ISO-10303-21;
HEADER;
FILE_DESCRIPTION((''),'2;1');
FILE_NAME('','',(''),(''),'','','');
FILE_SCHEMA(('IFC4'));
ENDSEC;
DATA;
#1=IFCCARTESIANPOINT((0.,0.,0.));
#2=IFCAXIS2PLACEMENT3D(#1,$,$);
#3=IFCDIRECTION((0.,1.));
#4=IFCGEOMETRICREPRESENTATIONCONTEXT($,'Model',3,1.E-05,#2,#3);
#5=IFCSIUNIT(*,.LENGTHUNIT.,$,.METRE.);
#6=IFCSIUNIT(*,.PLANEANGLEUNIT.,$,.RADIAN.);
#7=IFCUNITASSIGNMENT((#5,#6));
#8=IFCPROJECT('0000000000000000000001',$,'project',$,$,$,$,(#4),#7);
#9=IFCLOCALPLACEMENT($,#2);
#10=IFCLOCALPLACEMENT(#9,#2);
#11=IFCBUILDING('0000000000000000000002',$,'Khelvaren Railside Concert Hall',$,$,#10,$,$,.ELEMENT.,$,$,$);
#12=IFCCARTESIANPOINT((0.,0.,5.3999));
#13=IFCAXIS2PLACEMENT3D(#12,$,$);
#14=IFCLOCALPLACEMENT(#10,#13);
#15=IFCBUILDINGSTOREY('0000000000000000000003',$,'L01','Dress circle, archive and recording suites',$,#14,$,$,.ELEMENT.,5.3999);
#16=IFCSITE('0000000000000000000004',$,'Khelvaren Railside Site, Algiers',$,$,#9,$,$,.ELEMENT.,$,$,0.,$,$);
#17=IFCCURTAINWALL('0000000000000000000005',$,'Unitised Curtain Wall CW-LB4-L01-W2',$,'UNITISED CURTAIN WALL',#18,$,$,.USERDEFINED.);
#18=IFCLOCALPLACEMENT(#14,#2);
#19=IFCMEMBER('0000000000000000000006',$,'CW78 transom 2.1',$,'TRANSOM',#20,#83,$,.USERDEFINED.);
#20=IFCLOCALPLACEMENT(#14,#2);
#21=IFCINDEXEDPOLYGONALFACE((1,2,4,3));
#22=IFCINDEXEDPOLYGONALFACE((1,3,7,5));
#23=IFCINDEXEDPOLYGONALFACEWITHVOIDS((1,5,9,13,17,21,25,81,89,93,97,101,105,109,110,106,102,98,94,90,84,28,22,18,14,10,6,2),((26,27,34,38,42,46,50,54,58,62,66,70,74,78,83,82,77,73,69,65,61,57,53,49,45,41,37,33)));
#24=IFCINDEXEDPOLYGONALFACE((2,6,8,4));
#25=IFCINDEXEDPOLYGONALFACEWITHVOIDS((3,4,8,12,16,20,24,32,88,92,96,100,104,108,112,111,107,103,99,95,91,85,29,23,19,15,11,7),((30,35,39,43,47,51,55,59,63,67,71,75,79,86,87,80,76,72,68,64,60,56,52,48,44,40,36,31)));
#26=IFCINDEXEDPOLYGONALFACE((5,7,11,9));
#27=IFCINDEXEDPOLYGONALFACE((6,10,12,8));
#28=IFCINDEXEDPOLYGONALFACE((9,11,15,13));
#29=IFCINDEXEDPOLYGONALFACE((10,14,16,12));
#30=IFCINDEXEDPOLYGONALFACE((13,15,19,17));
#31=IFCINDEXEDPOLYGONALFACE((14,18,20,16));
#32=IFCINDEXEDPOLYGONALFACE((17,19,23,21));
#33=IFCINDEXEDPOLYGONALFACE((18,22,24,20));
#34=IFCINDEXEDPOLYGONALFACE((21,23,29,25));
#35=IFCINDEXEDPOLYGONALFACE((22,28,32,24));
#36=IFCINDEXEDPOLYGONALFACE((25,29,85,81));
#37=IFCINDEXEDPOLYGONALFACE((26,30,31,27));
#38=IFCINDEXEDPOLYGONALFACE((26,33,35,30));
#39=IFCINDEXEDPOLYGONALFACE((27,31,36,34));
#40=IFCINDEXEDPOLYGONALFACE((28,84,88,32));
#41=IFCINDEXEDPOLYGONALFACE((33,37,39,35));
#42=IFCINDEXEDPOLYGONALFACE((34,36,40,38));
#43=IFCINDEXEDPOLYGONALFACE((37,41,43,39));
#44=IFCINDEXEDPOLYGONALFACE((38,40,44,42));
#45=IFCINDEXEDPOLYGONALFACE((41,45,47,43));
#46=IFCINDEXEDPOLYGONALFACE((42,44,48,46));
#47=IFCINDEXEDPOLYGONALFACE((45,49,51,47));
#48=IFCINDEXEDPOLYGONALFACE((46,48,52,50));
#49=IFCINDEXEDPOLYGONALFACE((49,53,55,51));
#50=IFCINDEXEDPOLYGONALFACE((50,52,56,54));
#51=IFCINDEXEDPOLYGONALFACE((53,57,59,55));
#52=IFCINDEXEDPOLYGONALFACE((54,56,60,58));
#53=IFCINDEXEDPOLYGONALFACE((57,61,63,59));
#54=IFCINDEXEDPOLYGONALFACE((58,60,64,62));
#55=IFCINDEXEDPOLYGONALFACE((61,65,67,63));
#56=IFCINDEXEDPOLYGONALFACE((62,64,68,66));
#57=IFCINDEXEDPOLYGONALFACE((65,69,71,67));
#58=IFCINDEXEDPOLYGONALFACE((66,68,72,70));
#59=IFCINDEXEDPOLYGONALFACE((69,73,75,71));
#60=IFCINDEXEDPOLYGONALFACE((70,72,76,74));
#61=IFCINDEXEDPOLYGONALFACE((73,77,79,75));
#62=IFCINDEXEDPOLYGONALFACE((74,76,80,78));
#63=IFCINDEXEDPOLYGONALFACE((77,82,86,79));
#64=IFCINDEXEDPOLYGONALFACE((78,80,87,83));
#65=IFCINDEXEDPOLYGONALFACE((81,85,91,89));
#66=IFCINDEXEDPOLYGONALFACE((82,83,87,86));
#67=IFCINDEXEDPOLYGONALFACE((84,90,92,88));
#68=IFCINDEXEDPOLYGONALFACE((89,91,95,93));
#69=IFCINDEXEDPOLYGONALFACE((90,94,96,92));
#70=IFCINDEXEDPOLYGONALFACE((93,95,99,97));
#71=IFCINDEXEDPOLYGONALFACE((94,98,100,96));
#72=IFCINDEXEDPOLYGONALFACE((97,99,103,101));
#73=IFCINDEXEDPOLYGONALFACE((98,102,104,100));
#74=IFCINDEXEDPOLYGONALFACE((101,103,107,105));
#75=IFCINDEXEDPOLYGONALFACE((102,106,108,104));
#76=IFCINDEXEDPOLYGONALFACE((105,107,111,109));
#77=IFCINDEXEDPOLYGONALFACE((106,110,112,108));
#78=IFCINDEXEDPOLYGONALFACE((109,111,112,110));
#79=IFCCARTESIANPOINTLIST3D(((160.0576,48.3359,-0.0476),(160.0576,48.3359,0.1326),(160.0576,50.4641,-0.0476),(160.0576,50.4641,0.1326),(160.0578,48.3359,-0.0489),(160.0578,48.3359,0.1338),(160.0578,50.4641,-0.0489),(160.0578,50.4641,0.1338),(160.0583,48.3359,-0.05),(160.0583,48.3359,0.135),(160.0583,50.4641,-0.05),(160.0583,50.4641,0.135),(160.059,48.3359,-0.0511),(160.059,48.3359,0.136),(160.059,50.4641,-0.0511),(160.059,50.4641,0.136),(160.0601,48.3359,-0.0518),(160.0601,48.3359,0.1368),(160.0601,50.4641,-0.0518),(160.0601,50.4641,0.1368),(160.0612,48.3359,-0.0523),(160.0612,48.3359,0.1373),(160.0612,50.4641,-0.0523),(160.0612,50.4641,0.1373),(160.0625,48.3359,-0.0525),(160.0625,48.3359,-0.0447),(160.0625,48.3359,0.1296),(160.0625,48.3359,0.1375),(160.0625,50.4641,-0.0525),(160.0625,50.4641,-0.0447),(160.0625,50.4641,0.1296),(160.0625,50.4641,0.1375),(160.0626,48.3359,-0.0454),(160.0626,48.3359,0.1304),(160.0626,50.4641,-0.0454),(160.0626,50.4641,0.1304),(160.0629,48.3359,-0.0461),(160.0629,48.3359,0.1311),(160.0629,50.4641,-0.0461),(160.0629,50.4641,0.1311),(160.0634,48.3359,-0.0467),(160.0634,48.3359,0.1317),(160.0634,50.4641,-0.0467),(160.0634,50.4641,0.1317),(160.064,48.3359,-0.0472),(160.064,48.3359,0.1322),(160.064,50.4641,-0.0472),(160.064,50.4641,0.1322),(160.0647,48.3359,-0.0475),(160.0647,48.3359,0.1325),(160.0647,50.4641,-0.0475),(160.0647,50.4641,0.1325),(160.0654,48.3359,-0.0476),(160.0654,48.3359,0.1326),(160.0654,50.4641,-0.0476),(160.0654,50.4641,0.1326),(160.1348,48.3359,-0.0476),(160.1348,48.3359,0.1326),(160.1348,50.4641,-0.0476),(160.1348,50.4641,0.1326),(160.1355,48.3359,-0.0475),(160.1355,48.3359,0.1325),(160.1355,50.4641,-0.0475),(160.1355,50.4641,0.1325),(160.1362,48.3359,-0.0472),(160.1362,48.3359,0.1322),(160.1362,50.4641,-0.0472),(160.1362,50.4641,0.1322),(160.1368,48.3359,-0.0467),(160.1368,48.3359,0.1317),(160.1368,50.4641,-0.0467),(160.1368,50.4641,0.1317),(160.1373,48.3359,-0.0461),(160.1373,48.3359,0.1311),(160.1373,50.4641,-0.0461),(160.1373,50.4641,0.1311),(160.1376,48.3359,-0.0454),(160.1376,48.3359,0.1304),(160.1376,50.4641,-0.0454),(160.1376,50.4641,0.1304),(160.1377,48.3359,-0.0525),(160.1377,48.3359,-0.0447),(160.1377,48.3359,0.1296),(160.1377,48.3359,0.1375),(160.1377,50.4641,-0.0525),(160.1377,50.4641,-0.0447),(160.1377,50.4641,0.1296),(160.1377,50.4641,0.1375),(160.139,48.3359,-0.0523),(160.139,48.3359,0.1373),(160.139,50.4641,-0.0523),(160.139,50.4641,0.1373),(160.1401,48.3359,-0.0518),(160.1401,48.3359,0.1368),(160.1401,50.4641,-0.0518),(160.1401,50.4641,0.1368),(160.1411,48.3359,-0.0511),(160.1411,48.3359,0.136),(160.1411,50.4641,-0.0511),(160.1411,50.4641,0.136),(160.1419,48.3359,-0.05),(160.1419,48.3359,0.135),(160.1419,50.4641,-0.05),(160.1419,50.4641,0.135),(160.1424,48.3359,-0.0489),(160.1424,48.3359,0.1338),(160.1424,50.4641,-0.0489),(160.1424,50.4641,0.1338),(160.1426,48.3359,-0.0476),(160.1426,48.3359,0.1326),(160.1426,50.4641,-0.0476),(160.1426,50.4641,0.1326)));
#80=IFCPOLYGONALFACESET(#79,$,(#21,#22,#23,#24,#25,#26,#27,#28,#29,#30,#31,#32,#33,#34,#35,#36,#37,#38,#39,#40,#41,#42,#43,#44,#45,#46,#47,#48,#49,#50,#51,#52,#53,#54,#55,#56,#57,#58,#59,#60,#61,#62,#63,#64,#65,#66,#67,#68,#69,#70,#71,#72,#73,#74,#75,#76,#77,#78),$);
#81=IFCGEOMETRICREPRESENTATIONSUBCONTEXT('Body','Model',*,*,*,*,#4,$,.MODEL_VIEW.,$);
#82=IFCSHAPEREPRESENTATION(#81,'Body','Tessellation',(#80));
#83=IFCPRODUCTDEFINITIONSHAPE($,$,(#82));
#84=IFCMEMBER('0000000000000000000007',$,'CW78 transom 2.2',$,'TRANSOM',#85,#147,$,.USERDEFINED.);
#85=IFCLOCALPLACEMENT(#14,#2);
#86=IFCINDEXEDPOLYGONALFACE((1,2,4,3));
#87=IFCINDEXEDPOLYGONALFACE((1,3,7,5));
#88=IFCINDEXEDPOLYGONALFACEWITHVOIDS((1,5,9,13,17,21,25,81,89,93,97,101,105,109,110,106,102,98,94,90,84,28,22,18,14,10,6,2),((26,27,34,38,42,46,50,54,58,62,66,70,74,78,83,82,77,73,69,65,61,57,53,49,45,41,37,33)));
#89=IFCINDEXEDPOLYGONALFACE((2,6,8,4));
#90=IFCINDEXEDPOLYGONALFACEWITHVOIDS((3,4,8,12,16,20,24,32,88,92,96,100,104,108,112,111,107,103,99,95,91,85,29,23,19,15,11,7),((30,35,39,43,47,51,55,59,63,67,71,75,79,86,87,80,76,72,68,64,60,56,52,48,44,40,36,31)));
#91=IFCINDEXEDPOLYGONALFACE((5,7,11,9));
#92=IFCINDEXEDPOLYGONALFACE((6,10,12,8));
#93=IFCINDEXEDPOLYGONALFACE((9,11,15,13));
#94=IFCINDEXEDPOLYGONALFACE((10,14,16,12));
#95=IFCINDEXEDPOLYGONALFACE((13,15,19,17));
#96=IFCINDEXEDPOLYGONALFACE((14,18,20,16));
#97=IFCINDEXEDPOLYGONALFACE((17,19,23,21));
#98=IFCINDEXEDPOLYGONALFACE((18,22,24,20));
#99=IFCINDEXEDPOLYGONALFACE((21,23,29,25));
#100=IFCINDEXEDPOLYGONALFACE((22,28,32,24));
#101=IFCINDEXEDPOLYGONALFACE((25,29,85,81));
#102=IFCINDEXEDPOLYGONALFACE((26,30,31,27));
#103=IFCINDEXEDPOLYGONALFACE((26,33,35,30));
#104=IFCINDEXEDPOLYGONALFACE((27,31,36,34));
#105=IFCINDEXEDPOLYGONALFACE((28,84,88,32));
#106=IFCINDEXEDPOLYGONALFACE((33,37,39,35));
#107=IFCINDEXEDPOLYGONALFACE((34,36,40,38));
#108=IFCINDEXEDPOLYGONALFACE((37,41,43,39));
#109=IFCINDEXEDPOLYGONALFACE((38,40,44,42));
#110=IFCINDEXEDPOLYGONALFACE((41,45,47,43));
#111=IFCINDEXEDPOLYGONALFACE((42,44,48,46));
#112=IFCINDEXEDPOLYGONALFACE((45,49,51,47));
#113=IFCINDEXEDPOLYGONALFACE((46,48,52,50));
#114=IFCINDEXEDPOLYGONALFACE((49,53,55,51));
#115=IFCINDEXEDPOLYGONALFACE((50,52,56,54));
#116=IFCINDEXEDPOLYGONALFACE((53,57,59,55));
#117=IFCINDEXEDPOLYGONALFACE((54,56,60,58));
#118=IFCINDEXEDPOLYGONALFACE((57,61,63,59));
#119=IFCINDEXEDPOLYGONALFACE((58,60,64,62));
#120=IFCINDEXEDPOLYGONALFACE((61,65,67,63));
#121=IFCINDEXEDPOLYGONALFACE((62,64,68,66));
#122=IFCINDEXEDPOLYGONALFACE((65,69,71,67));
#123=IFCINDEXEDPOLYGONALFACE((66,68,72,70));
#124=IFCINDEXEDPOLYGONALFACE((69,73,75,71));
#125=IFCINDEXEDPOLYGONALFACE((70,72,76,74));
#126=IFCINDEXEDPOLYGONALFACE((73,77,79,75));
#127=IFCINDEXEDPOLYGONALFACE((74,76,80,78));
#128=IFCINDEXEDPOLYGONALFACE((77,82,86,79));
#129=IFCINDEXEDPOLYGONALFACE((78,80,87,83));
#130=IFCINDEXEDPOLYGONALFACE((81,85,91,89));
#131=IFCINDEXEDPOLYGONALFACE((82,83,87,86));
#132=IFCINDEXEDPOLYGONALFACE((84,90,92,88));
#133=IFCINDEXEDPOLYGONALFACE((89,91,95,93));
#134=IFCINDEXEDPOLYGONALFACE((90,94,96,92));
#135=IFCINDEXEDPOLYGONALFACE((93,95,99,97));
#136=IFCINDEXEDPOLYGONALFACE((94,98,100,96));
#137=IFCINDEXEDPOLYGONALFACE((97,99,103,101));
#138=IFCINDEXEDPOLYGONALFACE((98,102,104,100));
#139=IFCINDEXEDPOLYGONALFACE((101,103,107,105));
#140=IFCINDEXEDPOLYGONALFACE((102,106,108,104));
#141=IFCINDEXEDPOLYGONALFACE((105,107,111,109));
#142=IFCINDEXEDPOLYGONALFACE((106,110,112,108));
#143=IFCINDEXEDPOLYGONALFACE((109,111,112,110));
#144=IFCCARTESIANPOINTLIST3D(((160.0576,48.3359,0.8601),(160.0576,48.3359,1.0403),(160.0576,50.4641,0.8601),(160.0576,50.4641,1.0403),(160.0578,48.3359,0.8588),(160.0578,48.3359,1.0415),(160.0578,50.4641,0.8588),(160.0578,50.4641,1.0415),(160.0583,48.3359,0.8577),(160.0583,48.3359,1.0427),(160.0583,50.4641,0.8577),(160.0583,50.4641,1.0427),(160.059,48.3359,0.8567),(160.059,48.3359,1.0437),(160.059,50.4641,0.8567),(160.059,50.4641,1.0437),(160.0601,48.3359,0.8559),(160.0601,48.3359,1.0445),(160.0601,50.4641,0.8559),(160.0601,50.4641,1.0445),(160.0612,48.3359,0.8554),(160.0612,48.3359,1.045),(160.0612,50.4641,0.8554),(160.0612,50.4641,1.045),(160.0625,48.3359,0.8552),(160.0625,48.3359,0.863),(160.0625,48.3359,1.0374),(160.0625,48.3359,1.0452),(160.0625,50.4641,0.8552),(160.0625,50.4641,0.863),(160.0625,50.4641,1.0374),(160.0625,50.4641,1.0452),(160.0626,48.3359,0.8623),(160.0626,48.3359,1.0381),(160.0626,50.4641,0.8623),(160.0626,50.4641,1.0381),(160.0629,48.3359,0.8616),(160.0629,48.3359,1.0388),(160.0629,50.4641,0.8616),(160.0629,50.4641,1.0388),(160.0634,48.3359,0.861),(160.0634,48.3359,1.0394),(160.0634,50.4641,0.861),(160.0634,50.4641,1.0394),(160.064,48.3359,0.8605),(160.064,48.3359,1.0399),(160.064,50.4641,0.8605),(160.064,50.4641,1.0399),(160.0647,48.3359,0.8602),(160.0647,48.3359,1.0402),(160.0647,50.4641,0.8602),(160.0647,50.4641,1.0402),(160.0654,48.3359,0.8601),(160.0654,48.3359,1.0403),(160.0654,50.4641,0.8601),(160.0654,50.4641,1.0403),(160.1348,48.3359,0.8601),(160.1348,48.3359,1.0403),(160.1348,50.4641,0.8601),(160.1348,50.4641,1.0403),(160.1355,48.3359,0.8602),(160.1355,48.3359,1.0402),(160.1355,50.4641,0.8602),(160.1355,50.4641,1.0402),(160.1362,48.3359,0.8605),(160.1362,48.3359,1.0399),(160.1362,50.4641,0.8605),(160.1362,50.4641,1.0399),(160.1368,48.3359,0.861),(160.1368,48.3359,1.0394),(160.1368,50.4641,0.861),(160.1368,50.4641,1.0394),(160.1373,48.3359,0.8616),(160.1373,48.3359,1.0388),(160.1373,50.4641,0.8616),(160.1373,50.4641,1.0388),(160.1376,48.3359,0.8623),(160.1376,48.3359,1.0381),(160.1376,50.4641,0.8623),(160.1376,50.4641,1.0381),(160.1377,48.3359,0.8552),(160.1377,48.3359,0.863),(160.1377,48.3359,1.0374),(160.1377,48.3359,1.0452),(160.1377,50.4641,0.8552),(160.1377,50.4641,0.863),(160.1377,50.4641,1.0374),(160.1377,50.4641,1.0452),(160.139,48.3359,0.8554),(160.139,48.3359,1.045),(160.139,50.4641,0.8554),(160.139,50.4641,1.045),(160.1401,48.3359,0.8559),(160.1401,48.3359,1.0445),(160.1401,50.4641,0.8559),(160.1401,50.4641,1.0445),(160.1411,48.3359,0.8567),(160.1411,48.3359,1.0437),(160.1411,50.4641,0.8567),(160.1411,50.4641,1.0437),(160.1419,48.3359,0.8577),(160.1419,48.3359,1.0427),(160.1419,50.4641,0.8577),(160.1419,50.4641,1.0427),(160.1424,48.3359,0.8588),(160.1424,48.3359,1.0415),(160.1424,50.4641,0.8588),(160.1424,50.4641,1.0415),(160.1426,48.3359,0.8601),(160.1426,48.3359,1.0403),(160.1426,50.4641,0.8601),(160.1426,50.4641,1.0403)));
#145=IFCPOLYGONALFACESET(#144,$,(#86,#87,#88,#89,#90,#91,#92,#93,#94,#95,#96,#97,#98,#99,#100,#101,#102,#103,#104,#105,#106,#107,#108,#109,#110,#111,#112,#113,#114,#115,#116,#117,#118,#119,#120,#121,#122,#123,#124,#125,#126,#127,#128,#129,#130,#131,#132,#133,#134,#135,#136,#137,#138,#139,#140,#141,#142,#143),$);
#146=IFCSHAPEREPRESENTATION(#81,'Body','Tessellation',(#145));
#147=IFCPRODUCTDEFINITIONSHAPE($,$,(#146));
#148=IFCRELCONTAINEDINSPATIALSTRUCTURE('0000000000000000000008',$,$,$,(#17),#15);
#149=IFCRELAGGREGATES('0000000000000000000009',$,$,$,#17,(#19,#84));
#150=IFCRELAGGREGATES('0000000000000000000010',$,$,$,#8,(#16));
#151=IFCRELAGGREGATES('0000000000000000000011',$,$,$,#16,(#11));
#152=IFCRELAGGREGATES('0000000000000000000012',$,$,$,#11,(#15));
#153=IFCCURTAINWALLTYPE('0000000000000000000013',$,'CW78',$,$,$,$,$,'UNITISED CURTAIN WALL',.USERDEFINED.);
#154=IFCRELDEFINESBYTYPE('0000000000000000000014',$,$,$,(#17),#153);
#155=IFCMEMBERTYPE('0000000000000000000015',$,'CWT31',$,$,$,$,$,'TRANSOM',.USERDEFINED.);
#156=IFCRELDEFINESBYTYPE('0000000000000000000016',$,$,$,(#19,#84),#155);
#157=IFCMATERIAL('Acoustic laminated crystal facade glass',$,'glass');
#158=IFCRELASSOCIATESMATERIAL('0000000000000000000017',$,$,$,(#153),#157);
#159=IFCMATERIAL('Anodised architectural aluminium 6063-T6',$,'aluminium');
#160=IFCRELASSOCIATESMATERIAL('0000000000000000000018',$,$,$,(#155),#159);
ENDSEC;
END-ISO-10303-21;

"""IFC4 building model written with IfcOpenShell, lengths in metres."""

from ifc_helpers import new_model, si_unit, direction, frame, origin, origin_2d, place, context, subcontext, project, spatial, hollow_rectangle, extrude, material, material_profile, profile_set, type_object, element, aggregate, save


model = new_model("IFC4")

# Units and contexts
model_context = context("Model", 3, precision=1e-05, world=origin(), true_north=direction((0.0, 1.0)))
body_context = subcontext(model_context, "Body", "Model", "MODEL_VIEW")
ifc_project = project(units=[si_unit("LENGTHUNIT", "METRE"), si_unit("PLANEANGLEUNIT", "RADIAN")], contexts=[model_context])

# Site, building, storey
site_placement = place(None, origin())
site = spatial("IfcSite", under=ifc_project, at=site_placement, Name="Khelvaren Railside Site, Algiers", CompositionType="ELEMENT", RefElevation=0.0)
building_placement = place(site_placement, origin())
building = spatial("IfcBuilding", under=site, at=building_placement, Name="Khelvaren Railside Concert Hall", CompositionType="ELEMENT")
storey_placement = place(building_placement, frame((0.0, 0.0, 5.3999)))
storey = spatial("IfcBuildingStorey", under=building, at=storey_placement, Name="L01", Description="Dress circle, archive and recording suites", CompositionType="ELEMENT", Elevation=5.3999)

# Curtain wall, members
ifc_material_1 = material(Name="Acoustic laminated crystal facade glass", Category="glass")
curtain_wall_type = type_object("IfcCurtainWallType", Name="CW78", ElementType="UNITISED CURTAIN WALL", PredefinedType="USERDEFINED", material=ifc_material_1)
curtain_wall_placement = place(storey_placement, origin())
curtain_wall = element("IfcCurtainWall", 1, at=curtain_wall_placement, inside=storey, type_object=curtain_wall_type, Name="Unitised Curtain Wall CW-LB4-L01-W2", ObjectType="UNITISED CURTAIN WALL", PredefinedType="USERDEFINED")
ifc_material_2 = material(Name="Anodised architectural aluminium 6063-T6", Category="aluminium")
ifc_material_profile_1 = material_profile(ifc_material_2, hollow_rectangle(XDim=0.085, YDim=0.1899, WallThickness=0.0049, InnerFilletRadius=0.0029, OuterFilletRadius=0.0049, at=origin_2d()), Name="CWT 85x190x5")
ifc_profile_set_1 = profile_set([ifc_material_profile_1], Name="Anodised architectural aluminium 6063-T6")
member_type_1 = type_object("IfcMemberType", Name="CWT31", ElementType="TRANSOM", PredefinedType="USERDEFINED", material=ifc_profile_set_1)
member_1_placement = place(storey_placement, frame((160.1001, 48.3359, 0.0425), z_axis=(0.0, 1.0, 0.0), x_axis=(-1.0, 0.0, 0.0)))
member_1 = element("IfcMember", 2, at=member_1_placement, type_object=member_type_1, Name="CW78 transom 2.1", ObjectType="TRANSOM", PredefinedType="USERDEFINED", context=body_context, shape_type="SweptSolid", body=[
    extrude(hollow_rectangle(XDim=0.085, YDim=0.1899, WallThickness=0.0049, InnerFilletRadius=0.0029, OuterFilletRadius=0.0049, at=origin_2d()), origin(), (0.0, 0.0, 1.0), 2.1282),
])
member_2_placement = place(storey_placement, frame((160.1001, 48.3359, 0.9502), z_axis=(0.0, 1.0, 0.0), x_axis=(-1.0, 0.0, 0.0)))
member_2 = element("IfcMember", 3, at=member_2_placement, type_object=member_type_1, Name="CW78 transom 2.2", ObjectType="TRANSOM", PredefinedType="USERDEFINED", context=body_context, shape_type="SweptSolid", body=[
    extrude(hollow_rectangle(XDim=0.085, YDim=0.1899, WallThickness=0.0049, InnerFilletRadius=0.0029, OuterFilletRadius=0.0049, at=origin_2d()), origin(), (0.0, 0.0, 1.0), 2.1282),
])

aggregate(curtain_wall, [member_1, member_2])

save(model, "model.ifc")
